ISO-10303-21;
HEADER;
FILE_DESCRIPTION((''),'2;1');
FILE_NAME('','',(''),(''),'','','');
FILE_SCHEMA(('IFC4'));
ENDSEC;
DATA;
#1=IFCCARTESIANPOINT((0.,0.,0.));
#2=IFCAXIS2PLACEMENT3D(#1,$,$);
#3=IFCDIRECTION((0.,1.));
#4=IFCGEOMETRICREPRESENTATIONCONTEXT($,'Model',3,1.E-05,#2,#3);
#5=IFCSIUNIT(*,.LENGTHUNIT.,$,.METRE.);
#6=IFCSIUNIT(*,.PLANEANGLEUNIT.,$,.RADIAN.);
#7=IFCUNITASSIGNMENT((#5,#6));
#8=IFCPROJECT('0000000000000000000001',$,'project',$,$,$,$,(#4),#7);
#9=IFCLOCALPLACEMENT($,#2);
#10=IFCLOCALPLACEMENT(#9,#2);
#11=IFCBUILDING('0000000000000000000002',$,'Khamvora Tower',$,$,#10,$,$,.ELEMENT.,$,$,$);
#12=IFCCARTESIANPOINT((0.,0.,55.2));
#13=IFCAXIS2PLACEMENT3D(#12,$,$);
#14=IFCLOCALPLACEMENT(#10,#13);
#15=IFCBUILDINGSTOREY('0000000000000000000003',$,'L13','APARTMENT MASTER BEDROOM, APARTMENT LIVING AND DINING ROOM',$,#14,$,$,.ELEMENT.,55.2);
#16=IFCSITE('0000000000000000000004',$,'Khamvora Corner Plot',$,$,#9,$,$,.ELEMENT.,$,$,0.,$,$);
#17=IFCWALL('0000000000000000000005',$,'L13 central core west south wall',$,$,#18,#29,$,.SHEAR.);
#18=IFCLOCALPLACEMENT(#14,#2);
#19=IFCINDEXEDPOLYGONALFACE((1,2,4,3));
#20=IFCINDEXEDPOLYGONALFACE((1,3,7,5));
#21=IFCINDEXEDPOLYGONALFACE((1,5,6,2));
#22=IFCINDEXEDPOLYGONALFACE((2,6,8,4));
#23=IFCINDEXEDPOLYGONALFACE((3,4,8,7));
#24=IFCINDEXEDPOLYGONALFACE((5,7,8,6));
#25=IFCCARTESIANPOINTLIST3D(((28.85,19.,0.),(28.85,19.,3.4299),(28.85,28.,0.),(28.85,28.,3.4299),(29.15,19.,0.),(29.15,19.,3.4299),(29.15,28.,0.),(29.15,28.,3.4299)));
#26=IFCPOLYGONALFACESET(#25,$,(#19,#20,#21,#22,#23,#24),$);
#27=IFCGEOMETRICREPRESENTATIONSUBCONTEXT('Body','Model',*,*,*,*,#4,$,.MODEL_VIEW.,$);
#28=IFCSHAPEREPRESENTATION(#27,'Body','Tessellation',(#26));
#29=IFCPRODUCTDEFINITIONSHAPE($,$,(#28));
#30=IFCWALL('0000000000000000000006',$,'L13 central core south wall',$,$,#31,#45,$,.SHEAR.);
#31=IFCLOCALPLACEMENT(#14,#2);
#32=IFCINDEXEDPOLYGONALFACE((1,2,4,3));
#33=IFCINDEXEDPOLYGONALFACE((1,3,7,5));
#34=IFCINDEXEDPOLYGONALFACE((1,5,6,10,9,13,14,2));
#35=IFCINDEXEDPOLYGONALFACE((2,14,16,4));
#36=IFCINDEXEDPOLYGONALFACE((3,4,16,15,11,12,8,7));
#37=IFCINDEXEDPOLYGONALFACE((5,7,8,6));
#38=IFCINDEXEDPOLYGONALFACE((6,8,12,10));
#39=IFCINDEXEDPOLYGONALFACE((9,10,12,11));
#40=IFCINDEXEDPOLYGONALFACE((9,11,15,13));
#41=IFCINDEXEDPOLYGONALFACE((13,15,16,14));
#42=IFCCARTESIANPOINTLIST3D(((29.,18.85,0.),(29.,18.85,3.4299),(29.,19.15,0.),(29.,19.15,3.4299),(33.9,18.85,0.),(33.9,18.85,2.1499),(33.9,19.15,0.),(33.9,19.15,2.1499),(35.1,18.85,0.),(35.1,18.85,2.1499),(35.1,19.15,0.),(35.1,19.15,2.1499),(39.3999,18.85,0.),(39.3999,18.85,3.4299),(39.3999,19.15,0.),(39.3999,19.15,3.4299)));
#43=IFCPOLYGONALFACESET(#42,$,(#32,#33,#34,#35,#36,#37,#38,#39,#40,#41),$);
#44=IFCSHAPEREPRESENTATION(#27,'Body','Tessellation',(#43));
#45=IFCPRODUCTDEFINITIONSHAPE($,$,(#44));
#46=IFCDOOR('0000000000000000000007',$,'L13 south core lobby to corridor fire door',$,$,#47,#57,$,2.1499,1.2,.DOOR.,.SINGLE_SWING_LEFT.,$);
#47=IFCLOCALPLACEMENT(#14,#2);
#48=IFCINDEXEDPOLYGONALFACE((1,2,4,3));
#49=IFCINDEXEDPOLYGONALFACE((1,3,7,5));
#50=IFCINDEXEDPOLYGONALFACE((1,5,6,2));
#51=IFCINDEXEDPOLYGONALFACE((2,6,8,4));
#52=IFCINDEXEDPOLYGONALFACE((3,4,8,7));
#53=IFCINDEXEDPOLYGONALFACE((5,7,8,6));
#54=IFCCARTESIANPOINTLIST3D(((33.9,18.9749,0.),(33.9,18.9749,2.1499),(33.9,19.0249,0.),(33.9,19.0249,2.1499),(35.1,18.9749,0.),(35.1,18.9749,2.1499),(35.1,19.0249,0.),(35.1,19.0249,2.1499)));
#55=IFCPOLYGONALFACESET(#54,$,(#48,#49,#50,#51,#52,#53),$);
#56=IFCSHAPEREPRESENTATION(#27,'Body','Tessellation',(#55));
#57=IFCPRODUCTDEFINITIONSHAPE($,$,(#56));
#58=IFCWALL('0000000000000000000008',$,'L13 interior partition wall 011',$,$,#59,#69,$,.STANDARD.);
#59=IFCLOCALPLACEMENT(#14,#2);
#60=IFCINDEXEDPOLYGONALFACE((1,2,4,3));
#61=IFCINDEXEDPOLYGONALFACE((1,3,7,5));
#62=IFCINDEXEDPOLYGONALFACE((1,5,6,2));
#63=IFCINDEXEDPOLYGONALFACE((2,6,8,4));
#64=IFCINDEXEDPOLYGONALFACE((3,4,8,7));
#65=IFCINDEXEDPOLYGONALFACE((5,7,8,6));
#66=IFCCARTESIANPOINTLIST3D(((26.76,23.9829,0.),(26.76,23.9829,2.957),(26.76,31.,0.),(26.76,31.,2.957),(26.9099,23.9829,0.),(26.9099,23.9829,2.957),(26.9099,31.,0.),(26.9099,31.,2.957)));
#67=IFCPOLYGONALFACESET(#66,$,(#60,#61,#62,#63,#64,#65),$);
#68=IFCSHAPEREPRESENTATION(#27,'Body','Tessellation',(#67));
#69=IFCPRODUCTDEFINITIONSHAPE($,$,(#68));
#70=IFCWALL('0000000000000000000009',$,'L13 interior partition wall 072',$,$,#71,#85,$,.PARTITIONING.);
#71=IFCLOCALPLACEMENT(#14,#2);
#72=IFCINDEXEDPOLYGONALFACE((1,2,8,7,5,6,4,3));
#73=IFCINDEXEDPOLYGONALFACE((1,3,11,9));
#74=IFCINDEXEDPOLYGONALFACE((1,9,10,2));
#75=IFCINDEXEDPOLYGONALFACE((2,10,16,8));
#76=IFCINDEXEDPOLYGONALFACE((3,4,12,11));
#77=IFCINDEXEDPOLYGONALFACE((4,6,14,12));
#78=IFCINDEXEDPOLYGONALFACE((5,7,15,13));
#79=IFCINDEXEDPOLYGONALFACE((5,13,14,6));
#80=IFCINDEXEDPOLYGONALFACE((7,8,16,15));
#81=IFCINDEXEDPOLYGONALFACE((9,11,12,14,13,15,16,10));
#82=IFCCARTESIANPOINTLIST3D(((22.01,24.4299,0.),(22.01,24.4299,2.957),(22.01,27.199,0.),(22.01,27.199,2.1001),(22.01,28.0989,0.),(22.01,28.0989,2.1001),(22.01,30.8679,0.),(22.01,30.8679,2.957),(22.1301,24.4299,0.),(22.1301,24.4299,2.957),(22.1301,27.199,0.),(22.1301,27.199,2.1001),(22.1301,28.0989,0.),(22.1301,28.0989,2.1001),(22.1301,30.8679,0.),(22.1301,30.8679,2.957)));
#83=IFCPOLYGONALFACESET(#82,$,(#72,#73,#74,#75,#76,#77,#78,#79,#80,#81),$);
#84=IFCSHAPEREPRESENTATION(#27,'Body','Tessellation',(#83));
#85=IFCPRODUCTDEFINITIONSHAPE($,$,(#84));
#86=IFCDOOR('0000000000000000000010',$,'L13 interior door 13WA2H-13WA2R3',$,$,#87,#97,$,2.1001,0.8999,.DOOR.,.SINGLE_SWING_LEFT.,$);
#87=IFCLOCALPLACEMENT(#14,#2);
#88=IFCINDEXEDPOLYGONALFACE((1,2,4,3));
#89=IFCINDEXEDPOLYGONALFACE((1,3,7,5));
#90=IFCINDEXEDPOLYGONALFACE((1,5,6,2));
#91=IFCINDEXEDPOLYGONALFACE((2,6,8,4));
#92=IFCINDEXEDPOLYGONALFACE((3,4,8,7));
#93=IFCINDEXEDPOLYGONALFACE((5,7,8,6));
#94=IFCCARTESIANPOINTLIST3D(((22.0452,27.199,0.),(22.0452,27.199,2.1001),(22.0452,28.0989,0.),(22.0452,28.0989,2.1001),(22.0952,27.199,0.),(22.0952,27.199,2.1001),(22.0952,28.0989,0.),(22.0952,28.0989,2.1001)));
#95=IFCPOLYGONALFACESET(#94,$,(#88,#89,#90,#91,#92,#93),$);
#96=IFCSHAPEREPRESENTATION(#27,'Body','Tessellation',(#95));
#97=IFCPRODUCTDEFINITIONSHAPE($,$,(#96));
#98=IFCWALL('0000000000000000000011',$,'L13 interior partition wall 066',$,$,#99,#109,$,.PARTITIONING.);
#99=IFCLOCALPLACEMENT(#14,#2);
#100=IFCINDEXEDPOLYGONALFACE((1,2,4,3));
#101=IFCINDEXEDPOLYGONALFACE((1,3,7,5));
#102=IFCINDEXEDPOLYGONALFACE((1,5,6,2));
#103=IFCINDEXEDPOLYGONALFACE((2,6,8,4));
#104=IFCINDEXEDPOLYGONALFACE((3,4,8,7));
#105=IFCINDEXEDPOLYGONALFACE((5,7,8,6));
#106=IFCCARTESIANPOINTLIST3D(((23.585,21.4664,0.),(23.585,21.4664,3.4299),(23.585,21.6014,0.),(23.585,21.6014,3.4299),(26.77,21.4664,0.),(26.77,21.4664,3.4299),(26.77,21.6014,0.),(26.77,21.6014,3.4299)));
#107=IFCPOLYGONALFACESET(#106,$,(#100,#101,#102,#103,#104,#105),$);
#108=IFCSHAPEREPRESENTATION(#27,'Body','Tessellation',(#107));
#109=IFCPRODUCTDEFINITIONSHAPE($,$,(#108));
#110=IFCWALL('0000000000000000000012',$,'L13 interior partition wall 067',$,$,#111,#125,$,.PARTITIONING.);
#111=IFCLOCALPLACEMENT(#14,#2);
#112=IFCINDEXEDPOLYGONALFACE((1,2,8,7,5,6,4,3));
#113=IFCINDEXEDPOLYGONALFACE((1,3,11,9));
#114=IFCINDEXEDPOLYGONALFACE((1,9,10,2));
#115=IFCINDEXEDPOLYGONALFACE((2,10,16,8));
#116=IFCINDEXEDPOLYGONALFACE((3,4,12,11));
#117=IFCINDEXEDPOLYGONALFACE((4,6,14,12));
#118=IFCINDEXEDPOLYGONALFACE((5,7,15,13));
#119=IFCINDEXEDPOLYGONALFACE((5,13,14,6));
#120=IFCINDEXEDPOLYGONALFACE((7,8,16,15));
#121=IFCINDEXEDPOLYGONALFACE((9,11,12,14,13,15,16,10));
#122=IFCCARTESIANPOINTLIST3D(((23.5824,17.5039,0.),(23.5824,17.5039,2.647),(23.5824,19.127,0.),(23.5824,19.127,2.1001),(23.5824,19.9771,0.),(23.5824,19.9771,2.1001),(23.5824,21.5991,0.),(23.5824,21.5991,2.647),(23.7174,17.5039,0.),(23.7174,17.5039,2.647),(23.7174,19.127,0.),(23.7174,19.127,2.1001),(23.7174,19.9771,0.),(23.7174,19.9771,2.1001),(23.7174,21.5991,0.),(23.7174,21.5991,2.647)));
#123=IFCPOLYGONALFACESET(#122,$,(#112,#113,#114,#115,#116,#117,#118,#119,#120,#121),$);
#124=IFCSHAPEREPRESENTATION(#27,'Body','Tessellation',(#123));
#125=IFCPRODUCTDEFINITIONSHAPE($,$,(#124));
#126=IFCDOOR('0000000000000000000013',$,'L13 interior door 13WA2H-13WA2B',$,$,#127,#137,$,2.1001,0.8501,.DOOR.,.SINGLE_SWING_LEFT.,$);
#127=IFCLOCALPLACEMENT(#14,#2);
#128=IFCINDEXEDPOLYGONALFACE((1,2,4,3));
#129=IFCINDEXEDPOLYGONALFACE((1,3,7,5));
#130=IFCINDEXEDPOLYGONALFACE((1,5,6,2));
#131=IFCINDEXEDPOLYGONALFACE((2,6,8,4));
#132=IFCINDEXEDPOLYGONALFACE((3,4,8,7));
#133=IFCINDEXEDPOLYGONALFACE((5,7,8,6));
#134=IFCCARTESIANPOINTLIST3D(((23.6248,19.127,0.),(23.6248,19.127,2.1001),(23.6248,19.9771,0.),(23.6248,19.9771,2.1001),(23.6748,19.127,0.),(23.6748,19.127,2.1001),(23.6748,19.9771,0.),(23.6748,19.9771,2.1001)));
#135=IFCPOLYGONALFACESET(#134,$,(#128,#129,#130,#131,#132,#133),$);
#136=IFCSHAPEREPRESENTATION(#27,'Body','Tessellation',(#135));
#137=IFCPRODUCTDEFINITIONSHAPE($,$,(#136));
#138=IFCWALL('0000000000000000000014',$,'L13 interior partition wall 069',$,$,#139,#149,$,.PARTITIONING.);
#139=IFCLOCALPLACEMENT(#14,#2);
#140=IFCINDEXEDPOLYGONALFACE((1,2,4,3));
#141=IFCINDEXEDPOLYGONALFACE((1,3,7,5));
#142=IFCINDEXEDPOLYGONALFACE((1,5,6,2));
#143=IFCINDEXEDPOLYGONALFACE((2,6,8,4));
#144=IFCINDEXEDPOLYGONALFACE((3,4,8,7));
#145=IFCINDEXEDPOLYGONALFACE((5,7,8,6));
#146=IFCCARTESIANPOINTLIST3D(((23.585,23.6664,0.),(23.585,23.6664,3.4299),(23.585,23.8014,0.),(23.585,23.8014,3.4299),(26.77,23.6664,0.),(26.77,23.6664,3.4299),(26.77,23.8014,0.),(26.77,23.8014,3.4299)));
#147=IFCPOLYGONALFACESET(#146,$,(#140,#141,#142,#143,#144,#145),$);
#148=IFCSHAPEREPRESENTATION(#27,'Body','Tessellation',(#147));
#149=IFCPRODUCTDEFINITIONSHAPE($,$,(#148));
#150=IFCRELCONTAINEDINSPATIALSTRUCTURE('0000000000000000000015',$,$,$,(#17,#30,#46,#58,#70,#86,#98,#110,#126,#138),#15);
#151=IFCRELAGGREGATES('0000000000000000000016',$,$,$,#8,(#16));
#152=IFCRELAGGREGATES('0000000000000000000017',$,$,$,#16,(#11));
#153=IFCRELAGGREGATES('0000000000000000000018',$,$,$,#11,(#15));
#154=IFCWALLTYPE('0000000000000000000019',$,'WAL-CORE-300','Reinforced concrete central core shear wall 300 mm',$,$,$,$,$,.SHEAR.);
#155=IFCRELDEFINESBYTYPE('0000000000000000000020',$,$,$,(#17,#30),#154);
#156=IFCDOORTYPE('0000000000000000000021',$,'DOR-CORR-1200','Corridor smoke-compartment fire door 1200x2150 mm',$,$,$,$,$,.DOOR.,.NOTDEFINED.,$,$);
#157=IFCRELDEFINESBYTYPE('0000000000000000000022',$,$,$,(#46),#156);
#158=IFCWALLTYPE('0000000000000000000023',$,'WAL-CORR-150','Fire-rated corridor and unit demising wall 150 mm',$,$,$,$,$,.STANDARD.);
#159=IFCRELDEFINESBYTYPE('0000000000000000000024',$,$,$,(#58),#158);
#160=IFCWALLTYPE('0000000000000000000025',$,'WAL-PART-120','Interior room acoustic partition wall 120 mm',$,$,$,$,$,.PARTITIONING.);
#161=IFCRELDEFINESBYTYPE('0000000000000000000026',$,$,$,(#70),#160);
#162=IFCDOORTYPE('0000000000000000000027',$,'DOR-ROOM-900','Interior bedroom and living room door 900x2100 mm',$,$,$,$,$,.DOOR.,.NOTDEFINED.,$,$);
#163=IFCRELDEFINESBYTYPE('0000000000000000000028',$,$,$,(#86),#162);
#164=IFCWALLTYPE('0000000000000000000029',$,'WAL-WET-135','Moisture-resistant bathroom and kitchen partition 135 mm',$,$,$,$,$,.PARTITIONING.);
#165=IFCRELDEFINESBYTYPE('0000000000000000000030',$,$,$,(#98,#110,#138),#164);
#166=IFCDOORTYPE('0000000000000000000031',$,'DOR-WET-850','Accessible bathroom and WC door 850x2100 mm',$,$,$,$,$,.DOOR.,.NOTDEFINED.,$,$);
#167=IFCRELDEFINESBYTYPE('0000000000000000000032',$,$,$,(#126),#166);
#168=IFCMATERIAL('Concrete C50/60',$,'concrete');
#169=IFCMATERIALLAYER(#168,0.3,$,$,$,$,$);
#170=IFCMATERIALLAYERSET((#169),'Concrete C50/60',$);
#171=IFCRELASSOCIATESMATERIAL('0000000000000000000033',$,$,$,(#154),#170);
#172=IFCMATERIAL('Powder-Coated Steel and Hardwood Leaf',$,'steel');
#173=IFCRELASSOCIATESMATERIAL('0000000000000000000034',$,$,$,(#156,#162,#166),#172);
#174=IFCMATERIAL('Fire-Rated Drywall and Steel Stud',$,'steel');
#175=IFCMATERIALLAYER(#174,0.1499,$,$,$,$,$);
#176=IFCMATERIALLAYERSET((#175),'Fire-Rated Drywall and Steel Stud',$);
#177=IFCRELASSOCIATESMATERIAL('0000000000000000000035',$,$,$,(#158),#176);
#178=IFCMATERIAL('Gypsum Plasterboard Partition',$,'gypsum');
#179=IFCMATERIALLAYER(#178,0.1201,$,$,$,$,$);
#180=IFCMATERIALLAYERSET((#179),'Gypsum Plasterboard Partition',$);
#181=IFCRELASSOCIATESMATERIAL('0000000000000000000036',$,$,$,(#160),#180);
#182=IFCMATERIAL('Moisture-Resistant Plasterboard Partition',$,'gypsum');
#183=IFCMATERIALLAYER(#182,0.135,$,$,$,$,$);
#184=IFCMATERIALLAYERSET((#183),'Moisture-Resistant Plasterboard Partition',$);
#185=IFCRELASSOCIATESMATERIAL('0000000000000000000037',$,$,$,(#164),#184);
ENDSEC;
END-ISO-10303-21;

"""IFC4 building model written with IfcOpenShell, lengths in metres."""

from ifc_helpers import new_model, si_unit, direction, frame, frame_2d, origin, place, context, subcontext, project, spatial, rectangle, extrude, material, layer, layer_set, type_object, element, fill, save


model = new_model("IFC4")

# Units and contexts
model_context = context("Model", 3, precision=1e-05, world=origin(), true_north=direction((0.0, 1.0)))
body_context = subcontext(model_context, "Body", "Model", "MODEL_VIEW")
ifc_project = project(units=[si_unit("LENGTHUNIT", "METRE"), si_unit("PLANEANGLEUNIT", "RADIAN")], contexts=[model_context])

# Site, building, storey
site_placement = place(None, origin())
site = spatial("IfcSite", under=ifc_project, at=site_placement, Name="Khamvora Corner Plot", CompositionType="ELEMENT", RefElevation=0.0)
building_placement = place(site_placement, origin())
building = spatial("IfcBuilding", under=site, at=building_placement, Name="Khamvora Tower", CompositionType="ELEMENT")
storey_placement = place(building_placement, frame((0.0, 0.0, 55.2)))
storey = spatial("IfcBuildingStorey", under=building, at=storey_placement, Name="L13", Description="APARTMENT MASTER BEDROOM, APARTMENT LIVING AND DINING ROOM", CompositionType="ELEMENT", Elevation=55.2)

# Wall
ifc_material_1 = material(Name="Concrete C50/60", Category="concrete")
ifc_layer_1 = layer(ifc_material_1, 0.3)
ifc_layer_set_1 = layer_set([ifc_layer_1], Name="Concrete C50/60")
wall_type_1 = type_object("IfcWallType", Name="WAL-CORE-300", Description="Reinforced concrete central core shear wall 300 mm", PredefinedType="SHEAR", material=ifc_layer_set_1)
wall_1_placement = place(storey_placement, frame((29.0, 19.0, 0.0), z_axis=(0.0, 0.0, 1.0), x_axis=(0.0, 1.0, 0.0)))
element("IfcWall", 1, at=wall_1_placement, inside=storey, type_object=wall_type_1, Name="L13 central core west south wall", PredefinedType="SHEAR", context=body_context, shape_type="SweptSolid", body=[
    extrude(rectangle(XDim=9.0, YDim=0.3, at=frame_2d((4.5, 0.0))), origin(), (0.0, 0.0, 1.0), 3.4299),
])

# Wall, opening, door
wall_2_placement = place(storey_placement, frame((29.0, 19.0, 0.0), z_axis=(0.0, 0.0, 1.0), x_axis=(1.0, 0.0, 0.0)))
wall_2 = element("IfcWall", 2, at=wall_2_placement, inside=storey, type_object=wall_type_1, Name="L13 central core south wall", PredefinedType="SHEAR", context=body_context, shape_type="SweptSolid", body=[
    extrude(rectangle(XDim=10.3999, YDim=0.3, at=frame_2d((5.2, 0.0))), origin(), (0.0, 0.0, 1.0), 3.4299),
])
opening_1_placement = place(wall_2_placement, frame((4.8999, 0.0, 0.0)))
opening_1 = element("IfcOpeningElement", 3, at=opening_1_placement, cuts=wall_2, PredefinedType="OPENING", context=body_context, shape_type="SweptSolid", body=[
    extrude(rectangle(XDim=1.2, YDim=2.1499, at=frame_2d((0.6001, 1.075))), frame((0.0, 0.1599, 0.0), z_axis=(0.0, -1.0, 0.0), x_axis=(1.0, 0.0, 0.0)), (0.0, 0.0, 1.0), 0.3201),
])
ifc_material_2 = material(Name="Powder-Coated Steel and Hardwood Leaf", Category="steel")
door_type_1 = type_object("IfcDoorType", Name="DOR-CORR-1200", Description="Corridor smoke-compartment fire door 1200x2150 mm", OperationType="NOTDEFINED", PredefinedType="DOOR", material=ifc_material_2)
door_1_placement = place(opening_1_placement, origin())
door_1 = element("IfcDoor", 4, at=door_1_placement, inside=storey, type_object=door_type_1, Name="L13 south core lobby to corridor fire door", OperationType="SINGLE_SWING_LEFT", OverallHeight=2.1499, OverallWidth=1.2, PredefinedType="DOOR", context=body_context, shape_type="SweptSolid", body=[
    extrude(rectangle(XDim=1.2, YDim=2.1499, at=frame_2d((0.6001, 1.075))), frame((0.0, 0.0249, 0.0), z_axis=(0.0, -1.0, 0.0), x_axis=(1.0, 0.0, 0.0)), (0.0, 0.0, 1.0), 0.05),
])
fill(opening_1, door_1)
ifc_material_3 = material(Name="Fire-Rated Drywall and Steel Stud", Category="steel")
ifc_layer_2 = layer(ifc_material_3, 0.1499)
ifc_layer_set_2 = layer_set([ifc_layer_2], Name="Fire-Rated Drywall and Steel Stud")
wall_type_2 = type_object("IfcWallType", Name="WAL-CORR-150", Description="Fire-rated corridor and unit demising wall 150 mm", PredefinedType="STANDARD", material=ifc_layer_set_2)

# Wall
wall_3_placement = place(storey_placement, frame((26.835, 23.9829, 0.0), z_axis=(0.0, 0.0, 1.0), x_axis=(0.0, 1.0, 0.0)))
element("IfcWall", 5, at=wall_3_placement, inside=storey, type_object=wall_type_2, Name="L13 interior partition wall 011", PredefinedType="STANDARD", context=body_context, shape_type="SweptSolid", body=[
    extrude(rectangle(XDim=7.0171, YDim=0.1499, at=frame_2d((3.5085, 0.0))), origin(), (0.0, 0.0, 1.0), 2.957),
])

# Wall, opening, door
ifc_material_4 = material(Name="Gypsum Plasterboard Partition", Category="gypsum")
ifc_layer_3 = layer(ifc_material_4, 0.1201)
ifc_layer_set_3 = layer_set([ifc_layer_3], Name="Gypsum Plasterboard Partition")
wall_type_3 = type_object("IfcWallType", Name="WAL-PART-120", Description="Interior room acoustic partition wall 120 mm", PredefinedType="PARTITIONING", material=ifc_layer_set_3)
wall_4_placement = place(storey_placement, frame((22.0701, 24.4299, 0.0), z_axis=(0.0, 0.0, 1.0), x_axis=(0.0, 1.0, 0.0)))
wall_4 = element("IfcWall", 6, at=wall_4_placement, inside=storey, type_object=wall_type_3, Name="L13 interior partition wall 072", PredefinedType="PARTITIONING", context=body_context, shape_type="SweptSolid", body=[
    extrude(rectangle(XDim=6.438, YDim=0.1201, at=frame_2d((3.219, 0.0))), origin(), (0.0, 0.0, 1.0), 2.957),
])
opening_2_placement = place(wall_4_placement, frame((2.769, 0.0, 0.0)))
opening_2 = element("IfcOpeningElement", 7, at=opening_2_placement, cuts=wall_4, PredefinedType="OPENING", context=body_context, shape_type="SweptSolid", body=[
    extrude(rectangle(XDim=0.8999, YDim=2.1001, at=frame_2d((0.45, 1.05))), frame((0.0, 0.0701, 0.0), z_axis=(0.0, -1.0, 0.0), x_axis=(1.0, 0.0, 0.0)), (0.0, 0.0, 1.0), 0.1401),
])
door_type_2 = type_object("IfcDoorType", Name="DOR-ROOM-900", Description="Interior bedroom and living room door 900x2100 mm", OperationType="NOTDEFINED", PredefinedType="DOOR", material=ifc_material_2)
door_2_placement = place(opening_2_placement, origin())
door_2 = element("IfcDoor", 8, at=door_2_placement, inside=storey, type_object=door_type_2, Name="L13 interior door 13WA2H-13WA2R3", OperationType="SINGLE_SWING_LEFT", OverallHeight=2.1001, OverallWidth=0.8999, PredefinedType="DOOR", context=body_context, shape_type="SweptSolid", body=[
    extrude(rectangle(XDim=0.8999, YDim=2.1001, at=frame_2d((0.45, 1.05))), frame((0.0, 0.0249, 0.0), z_axis=(0.0, -1.0, 0.0), x_axis=(1.0, 0.0, 0.0)), (0.0, 0.0, 1.0), 0.05),
])
fill(opening_2, door_2)

# Wall
ifc_material_5 = material(Name="Moisture-Resistant Plasterboard Partition", Category="gypsum")
ifc_layer_4 = layer(ifc_material_5, 0.135)
ifc_layer_set_4 = layer_set([ifc_layer_4], Name="Moisture-Resistant Plasterboard Partition")
wall_type_4 = type_object("IfcWallType", Name="WAL-WET-135", Description="Moisture-resistant bathroom and kitchen partition 135 mm", PredefinedType="PARTITIONING", material=ifc_layer_set_4)
wall_5_placement = place(storey_placement, frame((26.77, 21.5339, 0.0), z_axis=(0.0, 0.0, 1.0), x_axis=(-1.0, 0.0, 0.0)))
element("IfcWall", 9, at=wall_5_placement, inside=storey, type_object=wall_type_4, Name="L13 interior partition wall 066", PredefinedType="PARTITIONING", context=body_context, shape_type="SweptSolid", body=[
    extrude(rectangle(XDim=3.1851, YDim=0.135, at=frame_2d((1.5925, 0.0))), origin(), (0.0, 0.0, 1.0), 3.4299),
])

# Wall, opening, door
wall_6_placement = place(storey_placement, frame((23.6499, 21.5991, 0.0), z_axis=(0.0, 0.0, 1.0), x_axis=(0.0, -1.0, 0.0)))
wall_6 = element("IfcWall", 10, at=wall_6_placement, inside=storey, type_object=wall_type_4, Name="L13 interior partition wall 067", PredefinedType="PARTITIONING", context=body_context, shape_type="SweptSolid", body=[
    extrude(rectangle(XDim=4.0952, YDim=0.135, at=frame_2d((2.0476, 0.0))), origin(), (0.0, 0.0, 1.0), 2.647),
])
opening_3_placement = place(wall_6_placement, frame((1.6221, 0.0, 0.0)))
opening_3 = element("IfcOpeningElement", 11, at=opening_3_placement, cuts=wall_6, PredefinedType="OPENING", context=body_context, shape_type="SweptSolid", body=[
    extrude(rectangle(XDim=0.8501, YDim=2.1001, at=frame_2d((0.425, 1.05))), frame((0.0, 0.0774, 0.0), z_axis=(0.0, -1.0, 0.0), x_axis=(1.0, 0.0, 0.0)), (0.0, 0.0, 1.0), 0.155),
])
door_type_3 = type_object("IfcDoorType", Name="DOR-WET-850", Description="Accessible bathroom and WC door 850x2100 mm", OperationType="NOTDEFINED", PredefinedType="DOOR", material=ifc_material_2)
door_3_placement = place(opening_3_placement, origin())
door_3 = element("IfcDoor", 12, at=door_3_placement, inside=storey, type_object=door_type_3, Name="L13 interior door 13WA2H-13WA2B", OperationType="SINGLE_SWING_LEFT", OverallHeight=2.1001, OverallWidth=0.8501, PredefinedType="DOOR", context=body_context, shape_type="SweptSolid", body=[
    extrude(rectangle(XDim=0.8501, YDim=2.1001, at=frame_2d((0.425, 1.05))), frame((0.0, 0.0249, 0.0), z_axis=(0.0, -1.0, 0.0), x_axis=(1.0, 0.0, 0.0)), (0.0, 0.0, 1.0), 0.05),
])
fill(opening_3, door_3)

# Wall
wall_7_placement = place(storey_placement, frame((23.585, 23.7339, 0.0), z_axis=(0.0, 0.0, 1.0), x_axis=(1.0, 0.0, 0.0)))
element("IfcWall", 13, at=wall_7_placement, inside=storey, type_object=wall_type_4, Name="L13 interior partition wall 069", PredefinedType="PARTITIONING", context=body_context, shape_type="SweptSolid", body=[
    extrude(rectangle(XDim=3.1851, YDim=0.135, at=frame_2d((1.5925, 0.0))), origin(), (0.0, 0.0, 1.0), 3.4299),
])

save(model, "model.ifc")
